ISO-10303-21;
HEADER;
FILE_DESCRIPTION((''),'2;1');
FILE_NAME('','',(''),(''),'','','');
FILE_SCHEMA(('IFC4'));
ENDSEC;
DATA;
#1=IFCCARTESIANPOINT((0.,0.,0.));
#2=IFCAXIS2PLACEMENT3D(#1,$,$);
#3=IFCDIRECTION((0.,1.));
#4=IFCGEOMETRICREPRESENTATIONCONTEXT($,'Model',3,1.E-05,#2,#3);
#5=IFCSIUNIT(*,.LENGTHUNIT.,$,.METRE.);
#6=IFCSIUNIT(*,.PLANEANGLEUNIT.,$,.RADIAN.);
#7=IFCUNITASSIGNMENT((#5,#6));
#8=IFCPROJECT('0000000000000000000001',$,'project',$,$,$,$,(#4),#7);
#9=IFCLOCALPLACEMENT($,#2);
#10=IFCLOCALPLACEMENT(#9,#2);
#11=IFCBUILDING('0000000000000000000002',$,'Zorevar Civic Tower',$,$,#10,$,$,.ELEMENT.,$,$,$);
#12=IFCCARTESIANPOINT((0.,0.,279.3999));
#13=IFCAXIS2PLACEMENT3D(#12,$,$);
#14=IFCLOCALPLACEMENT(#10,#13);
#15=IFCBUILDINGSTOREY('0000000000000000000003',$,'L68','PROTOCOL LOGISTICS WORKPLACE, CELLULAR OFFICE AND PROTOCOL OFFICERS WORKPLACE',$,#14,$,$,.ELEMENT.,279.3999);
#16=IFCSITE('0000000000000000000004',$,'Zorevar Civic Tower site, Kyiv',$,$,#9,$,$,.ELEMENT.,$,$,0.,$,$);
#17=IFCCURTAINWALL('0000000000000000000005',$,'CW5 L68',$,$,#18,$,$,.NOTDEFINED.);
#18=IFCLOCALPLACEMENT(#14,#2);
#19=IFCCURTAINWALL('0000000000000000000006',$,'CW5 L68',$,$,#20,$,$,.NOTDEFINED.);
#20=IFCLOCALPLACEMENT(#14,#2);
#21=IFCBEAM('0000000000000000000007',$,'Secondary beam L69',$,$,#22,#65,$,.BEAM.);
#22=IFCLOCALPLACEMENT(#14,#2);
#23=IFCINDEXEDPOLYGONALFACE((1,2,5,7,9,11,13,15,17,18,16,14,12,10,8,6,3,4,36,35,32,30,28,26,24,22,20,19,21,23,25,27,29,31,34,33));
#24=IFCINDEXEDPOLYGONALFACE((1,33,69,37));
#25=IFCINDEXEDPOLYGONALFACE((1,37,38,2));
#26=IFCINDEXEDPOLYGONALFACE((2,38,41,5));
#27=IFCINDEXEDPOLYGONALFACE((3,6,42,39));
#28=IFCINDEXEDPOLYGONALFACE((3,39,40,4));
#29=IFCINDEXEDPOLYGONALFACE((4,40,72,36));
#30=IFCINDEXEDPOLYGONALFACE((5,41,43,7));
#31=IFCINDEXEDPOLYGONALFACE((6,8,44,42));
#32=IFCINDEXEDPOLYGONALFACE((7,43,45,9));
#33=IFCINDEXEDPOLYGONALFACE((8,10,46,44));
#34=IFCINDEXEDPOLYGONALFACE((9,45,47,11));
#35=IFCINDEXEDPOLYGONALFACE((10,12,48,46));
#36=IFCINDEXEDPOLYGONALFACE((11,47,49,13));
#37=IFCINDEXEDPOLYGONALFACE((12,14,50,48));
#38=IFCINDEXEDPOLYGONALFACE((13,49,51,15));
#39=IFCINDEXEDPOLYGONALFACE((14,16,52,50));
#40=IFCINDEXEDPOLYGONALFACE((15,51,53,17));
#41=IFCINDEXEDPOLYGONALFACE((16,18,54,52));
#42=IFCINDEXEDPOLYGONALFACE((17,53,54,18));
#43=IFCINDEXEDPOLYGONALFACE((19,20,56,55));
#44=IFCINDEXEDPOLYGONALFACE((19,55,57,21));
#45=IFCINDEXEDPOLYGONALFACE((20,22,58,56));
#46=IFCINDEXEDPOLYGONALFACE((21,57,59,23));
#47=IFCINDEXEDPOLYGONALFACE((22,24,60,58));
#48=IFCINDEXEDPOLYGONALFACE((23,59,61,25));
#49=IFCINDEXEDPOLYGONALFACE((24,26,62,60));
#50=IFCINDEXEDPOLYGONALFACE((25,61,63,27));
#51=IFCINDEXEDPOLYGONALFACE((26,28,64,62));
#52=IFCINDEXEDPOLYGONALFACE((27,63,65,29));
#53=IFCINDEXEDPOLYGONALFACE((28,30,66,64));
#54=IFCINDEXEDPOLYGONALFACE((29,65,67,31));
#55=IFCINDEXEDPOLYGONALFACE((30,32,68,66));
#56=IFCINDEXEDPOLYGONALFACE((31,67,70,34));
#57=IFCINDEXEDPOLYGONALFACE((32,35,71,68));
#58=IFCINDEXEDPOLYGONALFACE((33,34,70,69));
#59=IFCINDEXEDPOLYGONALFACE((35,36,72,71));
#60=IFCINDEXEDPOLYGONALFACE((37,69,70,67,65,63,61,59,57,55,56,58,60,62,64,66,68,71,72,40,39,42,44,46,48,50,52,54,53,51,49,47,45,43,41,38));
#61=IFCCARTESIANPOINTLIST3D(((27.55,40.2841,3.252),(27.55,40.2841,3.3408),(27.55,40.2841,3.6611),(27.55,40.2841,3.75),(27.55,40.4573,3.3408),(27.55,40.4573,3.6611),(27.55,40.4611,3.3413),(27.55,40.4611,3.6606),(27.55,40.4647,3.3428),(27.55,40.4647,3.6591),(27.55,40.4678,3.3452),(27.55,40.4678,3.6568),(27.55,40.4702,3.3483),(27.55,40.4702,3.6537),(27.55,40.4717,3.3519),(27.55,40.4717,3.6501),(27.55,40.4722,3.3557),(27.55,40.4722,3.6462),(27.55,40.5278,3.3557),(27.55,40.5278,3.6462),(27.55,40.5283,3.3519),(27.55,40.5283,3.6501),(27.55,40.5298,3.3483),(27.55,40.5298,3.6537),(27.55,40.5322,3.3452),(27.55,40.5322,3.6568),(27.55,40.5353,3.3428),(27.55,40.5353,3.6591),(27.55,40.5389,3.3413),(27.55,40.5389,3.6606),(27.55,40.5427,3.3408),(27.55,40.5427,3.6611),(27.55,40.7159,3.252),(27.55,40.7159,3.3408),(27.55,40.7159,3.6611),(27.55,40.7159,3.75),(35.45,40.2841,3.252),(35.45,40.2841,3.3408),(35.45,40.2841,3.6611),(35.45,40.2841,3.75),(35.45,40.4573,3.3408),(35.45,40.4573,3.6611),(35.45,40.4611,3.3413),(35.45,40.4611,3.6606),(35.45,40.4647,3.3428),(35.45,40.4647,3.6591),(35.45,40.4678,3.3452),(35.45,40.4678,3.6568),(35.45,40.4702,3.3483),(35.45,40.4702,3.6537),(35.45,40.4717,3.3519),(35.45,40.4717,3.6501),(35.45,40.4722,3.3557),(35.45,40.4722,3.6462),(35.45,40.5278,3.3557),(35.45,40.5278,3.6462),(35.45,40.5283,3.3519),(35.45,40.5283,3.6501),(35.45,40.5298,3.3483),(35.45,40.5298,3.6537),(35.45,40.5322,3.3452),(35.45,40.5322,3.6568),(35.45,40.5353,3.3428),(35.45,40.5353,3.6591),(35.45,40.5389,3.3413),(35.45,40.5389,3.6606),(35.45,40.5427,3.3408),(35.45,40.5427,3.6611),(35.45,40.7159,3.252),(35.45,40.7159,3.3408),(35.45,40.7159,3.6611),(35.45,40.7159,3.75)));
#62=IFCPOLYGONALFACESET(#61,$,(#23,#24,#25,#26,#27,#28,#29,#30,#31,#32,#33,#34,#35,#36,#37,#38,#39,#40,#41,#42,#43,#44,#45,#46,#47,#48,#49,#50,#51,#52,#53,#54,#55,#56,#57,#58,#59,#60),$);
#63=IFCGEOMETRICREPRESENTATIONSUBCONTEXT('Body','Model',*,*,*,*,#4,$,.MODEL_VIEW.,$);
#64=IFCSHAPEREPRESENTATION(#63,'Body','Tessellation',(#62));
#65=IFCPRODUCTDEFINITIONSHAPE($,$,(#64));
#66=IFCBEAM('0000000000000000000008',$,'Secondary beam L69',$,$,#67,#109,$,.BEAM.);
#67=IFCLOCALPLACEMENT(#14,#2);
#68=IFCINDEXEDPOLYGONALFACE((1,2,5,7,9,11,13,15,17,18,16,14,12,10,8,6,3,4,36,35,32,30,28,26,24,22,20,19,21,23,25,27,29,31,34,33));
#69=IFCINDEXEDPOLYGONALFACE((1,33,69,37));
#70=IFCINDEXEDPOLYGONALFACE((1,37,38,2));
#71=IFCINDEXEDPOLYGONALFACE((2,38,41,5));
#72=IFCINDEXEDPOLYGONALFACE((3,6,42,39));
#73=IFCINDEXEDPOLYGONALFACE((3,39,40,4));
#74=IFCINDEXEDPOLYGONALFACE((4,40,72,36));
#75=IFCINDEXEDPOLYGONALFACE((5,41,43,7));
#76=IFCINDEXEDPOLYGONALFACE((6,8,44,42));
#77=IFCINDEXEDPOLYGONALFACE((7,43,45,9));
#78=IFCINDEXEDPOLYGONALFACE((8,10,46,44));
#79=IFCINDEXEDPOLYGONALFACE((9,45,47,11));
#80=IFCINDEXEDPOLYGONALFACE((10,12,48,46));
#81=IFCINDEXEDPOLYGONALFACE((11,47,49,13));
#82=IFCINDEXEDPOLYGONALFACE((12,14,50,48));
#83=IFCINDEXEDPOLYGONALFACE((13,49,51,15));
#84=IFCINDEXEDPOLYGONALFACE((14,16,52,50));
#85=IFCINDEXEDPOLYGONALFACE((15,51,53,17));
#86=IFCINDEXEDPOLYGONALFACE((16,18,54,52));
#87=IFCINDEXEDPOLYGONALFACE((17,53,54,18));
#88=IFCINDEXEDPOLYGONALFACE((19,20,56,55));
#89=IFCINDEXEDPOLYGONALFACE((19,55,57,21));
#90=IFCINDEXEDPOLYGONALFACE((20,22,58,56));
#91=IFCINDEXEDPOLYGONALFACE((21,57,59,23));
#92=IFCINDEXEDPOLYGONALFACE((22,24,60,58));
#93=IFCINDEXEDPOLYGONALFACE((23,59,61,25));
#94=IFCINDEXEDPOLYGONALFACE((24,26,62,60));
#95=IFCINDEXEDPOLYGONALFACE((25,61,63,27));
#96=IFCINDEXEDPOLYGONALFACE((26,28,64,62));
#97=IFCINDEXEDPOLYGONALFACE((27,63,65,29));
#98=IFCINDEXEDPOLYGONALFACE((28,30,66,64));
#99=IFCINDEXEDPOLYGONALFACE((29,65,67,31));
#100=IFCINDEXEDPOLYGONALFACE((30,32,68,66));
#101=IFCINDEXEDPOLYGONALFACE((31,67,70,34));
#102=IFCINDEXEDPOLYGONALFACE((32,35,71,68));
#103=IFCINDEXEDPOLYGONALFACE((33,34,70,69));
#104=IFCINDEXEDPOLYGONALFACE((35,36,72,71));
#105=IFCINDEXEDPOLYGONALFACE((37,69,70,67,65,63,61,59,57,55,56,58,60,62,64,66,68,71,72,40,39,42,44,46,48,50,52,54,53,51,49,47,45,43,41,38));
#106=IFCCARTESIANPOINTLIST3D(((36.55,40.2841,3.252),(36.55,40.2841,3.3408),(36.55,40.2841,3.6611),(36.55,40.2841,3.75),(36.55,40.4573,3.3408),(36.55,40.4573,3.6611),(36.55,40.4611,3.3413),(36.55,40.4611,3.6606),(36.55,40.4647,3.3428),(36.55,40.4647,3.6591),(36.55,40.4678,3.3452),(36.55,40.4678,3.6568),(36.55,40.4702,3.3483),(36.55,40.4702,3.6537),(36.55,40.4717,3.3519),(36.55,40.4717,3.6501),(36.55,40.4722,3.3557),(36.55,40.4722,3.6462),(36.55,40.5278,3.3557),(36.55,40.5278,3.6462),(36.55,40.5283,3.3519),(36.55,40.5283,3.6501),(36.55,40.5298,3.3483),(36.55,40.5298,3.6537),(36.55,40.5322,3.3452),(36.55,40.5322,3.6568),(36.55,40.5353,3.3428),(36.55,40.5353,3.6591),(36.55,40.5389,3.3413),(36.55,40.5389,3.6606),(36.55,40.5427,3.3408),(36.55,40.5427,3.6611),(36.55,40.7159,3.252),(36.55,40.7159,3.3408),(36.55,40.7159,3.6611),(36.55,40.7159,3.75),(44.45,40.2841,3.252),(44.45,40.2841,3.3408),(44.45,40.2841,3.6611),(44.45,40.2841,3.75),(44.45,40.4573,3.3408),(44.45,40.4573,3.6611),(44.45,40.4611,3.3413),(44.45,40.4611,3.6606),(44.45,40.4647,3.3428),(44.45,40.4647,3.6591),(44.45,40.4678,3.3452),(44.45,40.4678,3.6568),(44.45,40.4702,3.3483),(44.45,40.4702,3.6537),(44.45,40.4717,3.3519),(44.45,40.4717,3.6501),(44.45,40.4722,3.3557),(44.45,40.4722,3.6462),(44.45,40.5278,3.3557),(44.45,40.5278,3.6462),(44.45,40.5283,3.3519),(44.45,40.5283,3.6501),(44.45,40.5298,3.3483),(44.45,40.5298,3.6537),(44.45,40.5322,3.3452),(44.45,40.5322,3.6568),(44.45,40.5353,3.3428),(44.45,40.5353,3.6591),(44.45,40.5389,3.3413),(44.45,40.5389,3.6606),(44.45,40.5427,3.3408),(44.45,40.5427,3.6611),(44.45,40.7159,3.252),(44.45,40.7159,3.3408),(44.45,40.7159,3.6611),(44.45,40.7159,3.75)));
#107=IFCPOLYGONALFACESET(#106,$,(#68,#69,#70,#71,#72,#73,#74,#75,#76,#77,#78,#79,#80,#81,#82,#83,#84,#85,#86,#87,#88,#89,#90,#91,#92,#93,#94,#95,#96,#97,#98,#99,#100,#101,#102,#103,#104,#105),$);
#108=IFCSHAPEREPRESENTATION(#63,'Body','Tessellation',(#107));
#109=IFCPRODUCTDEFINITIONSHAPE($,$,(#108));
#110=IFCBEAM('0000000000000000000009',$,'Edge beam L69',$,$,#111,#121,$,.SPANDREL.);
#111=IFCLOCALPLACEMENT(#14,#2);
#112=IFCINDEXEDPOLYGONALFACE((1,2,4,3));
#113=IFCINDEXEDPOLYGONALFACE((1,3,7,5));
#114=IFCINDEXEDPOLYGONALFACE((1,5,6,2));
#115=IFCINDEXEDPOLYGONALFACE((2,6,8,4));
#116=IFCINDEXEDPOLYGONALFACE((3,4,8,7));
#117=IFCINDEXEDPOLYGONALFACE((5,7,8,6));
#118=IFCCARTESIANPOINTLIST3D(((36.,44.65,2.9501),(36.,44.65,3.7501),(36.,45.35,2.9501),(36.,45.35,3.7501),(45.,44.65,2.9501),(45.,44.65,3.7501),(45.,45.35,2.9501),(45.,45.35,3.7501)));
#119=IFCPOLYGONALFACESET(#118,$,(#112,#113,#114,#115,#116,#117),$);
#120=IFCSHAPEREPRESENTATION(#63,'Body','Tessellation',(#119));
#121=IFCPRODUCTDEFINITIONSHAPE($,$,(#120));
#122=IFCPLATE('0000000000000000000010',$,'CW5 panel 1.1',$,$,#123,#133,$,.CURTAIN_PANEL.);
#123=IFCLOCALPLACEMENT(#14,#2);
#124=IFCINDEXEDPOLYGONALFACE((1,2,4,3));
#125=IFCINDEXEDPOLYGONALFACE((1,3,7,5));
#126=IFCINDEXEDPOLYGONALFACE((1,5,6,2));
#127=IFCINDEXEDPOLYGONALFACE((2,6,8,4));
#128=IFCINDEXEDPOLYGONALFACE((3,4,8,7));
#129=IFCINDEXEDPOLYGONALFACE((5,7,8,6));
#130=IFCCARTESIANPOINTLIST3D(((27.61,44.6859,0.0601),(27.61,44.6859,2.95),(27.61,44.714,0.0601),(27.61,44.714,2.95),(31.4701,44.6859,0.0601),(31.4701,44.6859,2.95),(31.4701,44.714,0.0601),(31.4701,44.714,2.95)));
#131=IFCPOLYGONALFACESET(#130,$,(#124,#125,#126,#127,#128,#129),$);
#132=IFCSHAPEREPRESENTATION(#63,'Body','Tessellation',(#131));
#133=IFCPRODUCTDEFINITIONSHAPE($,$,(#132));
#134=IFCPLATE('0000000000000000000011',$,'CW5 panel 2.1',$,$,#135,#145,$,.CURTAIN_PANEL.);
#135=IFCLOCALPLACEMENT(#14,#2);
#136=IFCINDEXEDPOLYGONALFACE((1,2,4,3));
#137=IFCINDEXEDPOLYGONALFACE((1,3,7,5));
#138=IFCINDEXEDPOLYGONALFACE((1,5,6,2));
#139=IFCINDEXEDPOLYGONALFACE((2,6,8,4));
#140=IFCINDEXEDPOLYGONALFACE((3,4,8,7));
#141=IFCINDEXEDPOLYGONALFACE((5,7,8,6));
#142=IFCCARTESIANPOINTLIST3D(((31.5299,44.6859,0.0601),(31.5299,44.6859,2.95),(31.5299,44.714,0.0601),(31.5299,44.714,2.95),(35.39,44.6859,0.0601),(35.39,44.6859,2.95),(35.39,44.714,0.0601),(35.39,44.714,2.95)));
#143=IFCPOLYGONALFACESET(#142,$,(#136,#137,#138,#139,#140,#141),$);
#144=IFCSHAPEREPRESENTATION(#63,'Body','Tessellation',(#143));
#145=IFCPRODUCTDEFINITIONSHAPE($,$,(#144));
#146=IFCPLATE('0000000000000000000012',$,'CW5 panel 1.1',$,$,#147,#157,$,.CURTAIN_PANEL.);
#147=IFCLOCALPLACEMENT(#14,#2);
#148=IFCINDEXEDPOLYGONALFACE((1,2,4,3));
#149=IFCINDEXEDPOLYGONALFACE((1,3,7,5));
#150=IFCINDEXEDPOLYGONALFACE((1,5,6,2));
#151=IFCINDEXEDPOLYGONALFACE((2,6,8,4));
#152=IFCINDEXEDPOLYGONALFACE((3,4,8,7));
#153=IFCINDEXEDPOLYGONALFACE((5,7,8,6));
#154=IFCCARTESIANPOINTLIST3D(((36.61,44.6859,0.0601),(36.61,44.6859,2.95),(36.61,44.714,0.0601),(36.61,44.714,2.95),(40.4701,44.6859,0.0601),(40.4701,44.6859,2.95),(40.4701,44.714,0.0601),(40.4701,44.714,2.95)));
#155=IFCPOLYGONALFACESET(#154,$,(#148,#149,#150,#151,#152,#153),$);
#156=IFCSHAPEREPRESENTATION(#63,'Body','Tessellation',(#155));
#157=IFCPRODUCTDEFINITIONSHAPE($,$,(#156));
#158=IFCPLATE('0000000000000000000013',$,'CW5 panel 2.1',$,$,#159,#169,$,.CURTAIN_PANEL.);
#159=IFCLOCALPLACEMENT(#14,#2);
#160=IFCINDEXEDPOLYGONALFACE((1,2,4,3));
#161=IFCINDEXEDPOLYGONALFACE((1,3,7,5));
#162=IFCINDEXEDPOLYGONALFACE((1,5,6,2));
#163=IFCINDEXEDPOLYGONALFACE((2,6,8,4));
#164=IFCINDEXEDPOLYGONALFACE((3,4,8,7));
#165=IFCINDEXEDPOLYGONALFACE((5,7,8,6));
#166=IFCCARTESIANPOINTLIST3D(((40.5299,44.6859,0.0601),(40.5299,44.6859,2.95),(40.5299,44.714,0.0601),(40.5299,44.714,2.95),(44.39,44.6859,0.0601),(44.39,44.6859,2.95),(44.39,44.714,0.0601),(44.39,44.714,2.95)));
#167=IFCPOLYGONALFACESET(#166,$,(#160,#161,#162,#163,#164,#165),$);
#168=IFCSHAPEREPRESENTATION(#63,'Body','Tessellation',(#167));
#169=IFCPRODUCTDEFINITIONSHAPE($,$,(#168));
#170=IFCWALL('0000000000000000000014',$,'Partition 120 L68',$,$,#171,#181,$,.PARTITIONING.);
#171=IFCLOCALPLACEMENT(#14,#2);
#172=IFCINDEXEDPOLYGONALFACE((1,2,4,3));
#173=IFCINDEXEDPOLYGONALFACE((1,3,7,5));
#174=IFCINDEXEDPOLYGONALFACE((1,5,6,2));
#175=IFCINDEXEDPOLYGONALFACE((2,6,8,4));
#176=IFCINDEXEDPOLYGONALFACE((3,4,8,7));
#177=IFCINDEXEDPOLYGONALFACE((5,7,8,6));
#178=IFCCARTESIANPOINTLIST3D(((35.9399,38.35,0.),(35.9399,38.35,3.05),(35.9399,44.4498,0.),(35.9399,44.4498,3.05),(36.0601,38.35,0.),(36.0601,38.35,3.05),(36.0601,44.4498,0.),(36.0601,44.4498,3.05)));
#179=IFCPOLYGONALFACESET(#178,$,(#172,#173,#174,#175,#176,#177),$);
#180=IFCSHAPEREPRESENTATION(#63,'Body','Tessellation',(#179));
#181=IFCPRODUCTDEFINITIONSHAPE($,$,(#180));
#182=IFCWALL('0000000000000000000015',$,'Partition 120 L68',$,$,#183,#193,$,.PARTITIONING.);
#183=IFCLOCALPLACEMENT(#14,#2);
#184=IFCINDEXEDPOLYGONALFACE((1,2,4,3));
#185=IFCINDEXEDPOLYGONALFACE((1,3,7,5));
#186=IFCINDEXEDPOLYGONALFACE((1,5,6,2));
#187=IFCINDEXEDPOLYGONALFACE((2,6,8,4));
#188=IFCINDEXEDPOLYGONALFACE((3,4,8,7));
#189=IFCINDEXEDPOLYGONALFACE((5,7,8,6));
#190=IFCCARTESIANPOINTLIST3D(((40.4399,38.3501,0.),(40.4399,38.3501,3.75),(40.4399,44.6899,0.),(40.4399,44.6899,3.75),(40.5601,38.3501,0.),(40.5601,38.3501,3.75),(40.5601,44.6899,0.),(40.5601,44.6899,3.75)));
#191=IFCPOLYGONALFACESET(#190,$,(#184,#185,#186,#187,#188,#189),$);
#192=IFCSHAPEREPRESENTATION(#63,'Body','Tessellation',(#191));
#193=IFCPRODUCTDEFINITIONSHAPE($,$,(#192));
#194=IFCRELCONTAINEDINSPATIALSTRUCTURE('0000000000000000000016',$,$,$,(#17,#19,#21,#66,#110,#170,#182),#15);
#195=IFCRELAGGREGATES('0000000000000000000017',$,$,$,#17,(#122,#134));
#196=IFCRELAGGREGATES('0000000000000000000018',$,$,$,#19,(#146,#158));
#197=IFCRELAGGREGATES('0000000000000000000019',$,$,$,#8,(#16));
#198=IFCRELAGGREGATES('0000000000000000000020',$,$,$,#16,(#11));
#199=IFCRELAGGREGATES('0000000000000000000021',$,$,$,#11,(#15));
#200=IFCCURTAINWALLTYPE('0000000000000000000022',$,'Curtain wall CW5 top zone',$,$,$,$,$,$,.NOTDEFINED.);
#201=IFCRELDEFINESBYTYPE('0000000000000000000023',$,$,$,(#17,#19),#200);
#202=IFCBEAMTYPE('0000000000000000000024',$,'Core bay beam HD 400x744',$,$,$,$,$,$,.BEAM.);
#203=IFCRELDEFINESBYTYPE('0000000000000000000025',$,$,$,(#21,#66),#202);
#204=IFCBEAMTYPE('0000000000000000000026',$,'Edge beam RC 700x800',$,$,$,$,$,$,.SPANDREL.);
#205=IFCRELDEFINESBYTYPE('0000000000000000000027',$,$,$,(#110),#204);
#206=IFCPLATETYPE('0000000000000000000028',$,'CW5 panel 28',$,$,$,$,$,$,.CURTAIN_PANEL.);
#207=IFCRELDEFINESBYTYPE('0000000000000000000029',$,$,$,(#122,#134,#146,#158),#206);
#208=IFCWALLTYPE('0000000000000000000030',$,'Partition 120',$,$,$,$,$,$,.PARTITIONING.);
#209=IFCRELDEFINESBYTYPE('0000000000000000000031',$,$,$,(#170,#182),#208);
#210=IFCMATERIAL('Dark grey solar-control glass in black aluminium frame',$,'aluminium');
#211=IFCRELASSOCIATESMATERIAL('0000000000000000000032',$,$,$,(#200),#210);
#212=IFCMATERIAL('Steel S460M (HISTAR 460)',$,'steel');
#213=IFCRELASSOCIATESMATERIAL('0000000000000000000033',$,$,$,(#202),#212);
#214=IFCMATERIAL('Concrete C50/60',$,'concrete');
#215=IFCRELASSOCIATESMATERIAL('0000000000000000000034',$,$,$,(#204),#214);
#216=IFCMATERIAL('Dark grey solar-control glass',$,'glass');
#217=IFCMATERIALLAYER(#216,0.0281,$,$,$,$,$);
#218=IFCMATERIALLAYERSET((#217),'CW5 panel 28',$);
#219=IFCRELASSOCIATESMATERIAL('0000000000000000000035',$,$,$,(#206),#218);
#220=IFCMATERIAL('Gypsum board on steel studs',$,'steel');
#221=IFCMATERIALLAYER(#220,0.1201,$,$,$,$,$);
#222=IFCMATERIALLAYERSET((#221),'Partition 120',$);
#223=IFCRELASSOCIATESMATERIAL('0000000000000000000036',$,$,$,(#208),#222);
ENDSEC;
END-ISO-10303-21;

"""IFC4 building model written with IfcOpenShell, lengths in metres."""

from ifc_helpers import new_model, si_unit, direction, frame, frame_2d, origin, origin_2d, place, context, subcontext, project, spatial, rectangle, i_section, extrude, material, layer, layer_set, material_profile, profile_set, type_object, element, aggregate, save


model = new_model("IFC4")

# Units and contexts
model_context = context("Model", 3, precision=1e-05, world=origin(), true_north=direction((0.0, 1.0)))
body_context = subcontext(model_context, "Body", "Model", "MODEL_VIEW")
ifc_project = project(units=[si_unit("LENGTHUNIT", "METRE"), si_unit("PLANEANGLEUNIT", "RADIAN")], contexts=[model_context])

# Site, building, storey
site_placement = place(None, origin())
site = spatial("IfcSite", under=ifc_project, at=site_placement, Name="Zorevar Civic Tower site, Kyiv", CompositionType="ELEMENT", RefElevation=0.0)
building_placement = place(site_placement, origin())
building = spatial("IfcBuilding", under=site, at=building_placement, Name="Zorevar Civic Tower", CompositionType="ELEMENT")
storey_placement = place(building_placement, frame((0.0, 0.0, 279.3999)))
storey = spatial("IfcBuildingStorey", under=building, at=storey_placement, Name="L68", Description="PROTOCOL LOGISTICS WORKPLACE, CELLULAR OFFICE AND PROTOCOL OFFICERS WORKPLACE", CompositionType="ELEMENT", Elevation=279.3999)

# Curtain walls
ifc_material_1 = material(Name="Dark grey solar-control glass in black aluminium frame", Category="aluminium")
curtain_wall_type = type_object("IfcCurtainWallType", Name="Curtain wall CW5 top zone", PredefinedType="NOTDEFINED", material=ifc_material_1)
curtain_wall_1_placement = place(storey_placement, origin())
curtain_wall_1 = element("IfcCurtainWall", 1, at=curtain_wall_1_placement, inside=storey, type_object=curtain_wall_type, Name="CW5 L68", PredefinedType="NOTDEFINED")
curtain_wall_2_placement = place(storey_placement, origin())
curtain_wall_2 = element("IfcCurtainWall", 2, at=curtain_wall_2_placement, inside=storey, type_object=curtain_wall_type, Name="CW5 L68", PredefinedType="NOTDEFINED")

# Beams
ifc_material_2 = material(Name="Steel S460M (HISTAR 460)", Category="steel")
ifc_material_profile_1 = material_profile(ifc_material_2, i_section(OverallWidth=0.4319, OverallDepth=0.498, WebThickness=0.0557, FlangeThickness=0.0889, FilletRadius=0.0149, at=origin_2d()), Name="HD 400x744")
ifc_profile_set_1 = profile_set([ifc_material_profile_1], Name="Steel S460M (HISTAR 460)")
beam_type_1 = type_object("IfcBeamType", Name="Core bay beam HD 400x744", PredefinedType="BEAM", material=ifc_profile_set_1)
for number, where, z_axis, x_axis, name in (
    (3, (27.55, 40.5, 3.501), (1.0, 0.0, 0.0), (0.0, 1.0, 0.0), "Secondary beam L69"),
    (4, (36.55, 40.5, 3.501), (1.0, 0.0, 0.0), (0.0, 1.0, 0.0), "Secondary beam L69"),
):
    element("IfcBeam", number, at=place(storey_placement, frame(where, z_axis=z_axis, x_axis=x_axis)), inside=storey, type_object=beam_type_1, Name=name, PredefinedType="BEAM", context=body_context, shape_type="SweptSolid", body=[
        extrude(i_section(OverallWidth=0.4319, OverallDepth=0.498, WebThickness=0.0557, FlangeThickness=0.0889, FilletRadius=0.0149, at=origin_2d()), origin(), (0.0, 0.0, 1.0), 7.8999),
    ])
ifc_material_3 = material(Name="Concrete C50/60", Category="concrete")
ifc_material_profile_2 = material_profile(ifc_material_3, rectangle(XDim=0.7, YDim=0.8, at=origin_2d()), Name="RC 700x800")
ifc_profile_set_2 = profile_set([ifc_material_profile_2], Name="Concrete C50/60")
beam_type_2 = type_object("IfcBeamType", Name="Edge beam RC 700x800", PredefinedType="SPANDREL", material=ifc_profile_set_2)
beam_placement = place(storey_placement, frame((36.0, 45.0, 3.3501), z_axis=(1.0, 0.0, 0.0), x_axis=(0.0, 1.0, 0.0)))
element("IfcBeam", 5, at=beam_placement, inside=storey, type_object=beam_type_2, Name="Edge beam L69", PredefinedType="SPANDREL", context=body_context, shape_type="SweptSolid", body=[
    extrude(rectangle(XDim=0.7, YDim=0.8, at=origin_2d()), origin(), (0.0, 0.0, 1.0), 9.0),
])

# Plates
ifc_material_4 = material(Name="Dark grey solar-control glass", Category="glass")
ifc_layer_1 = layer(ifc_material_4, 0.0281)
ifc_layer_set_1 = layer_set([ifc_layer_1], Name="CW5 panel 28")
plate_type = type_object("IfcPlateType", Name="CW5 panel 28", PredefinedType="CURTAIN_PANEL", material=ifc_layer_set_1)
plate_1_placement = place(storey_placement, frame((29.54, 44.7, 0.0601), z_axis=(0.0, 0.0, 1.0), x_axis=(1.0, 0.0, 0.0)))
plate_1 = element("IfcPlate", 6, at=plate_1_placement, type_object=plate_type, Name="CW5 panel 1.1", PredefinedType="CURTAIN_PANEL", context=body_context, shape_type="SweptSolid", body=[
    extrude(rectangle(XDim=3.8601, YDim=0.0281, at=origin_2d()), origin(), (0.0, 0.0, 1.0), 2.8899),
])
plate_2_placement = place(storey_placement, frame((33.46, 44.7, 0.0601), z_axis=(0.0, 0.0, 1.0), x_axis=(1.0, 0.0, 0.0)))
plate_2 = element("IfcPlate", 7, at=plate_2_placement, type_object=plate_type, Name="CW5 panel 2.1", PredefinedType="CURTAIN_PANEL", context=body_context, shape_type="SweptSolid", body=[
    extrude(rectangle(XDim=3.8601, YDim=0.0281, at=origin_2d()), origin(), (0.0, 0.0, 1.0), 2.8899),
])
aggregate(curtain_wall_1, [plate_1, plate_2])
plate_3_placement = place(storey_placement, frame((38.54, 44.7, 0.0601), z_axis=(0.0, 0.0, 1.0), x_axis=(1.0, 0.0, 0.0)))
plate_3 = element("IfcPlate", 8, at=plate_3_placement, type_object=plate_type, Name="CW5 panel 1.1", PredefinedType="CURTAIN_PANEL", context=body_context, shape_type="SweptSolid", body=[
    extrude(rectangle(XDim=3.8601, YDim=0.0281, at=origin_2d()), origin(), (0.0, 0.0, 1.0), 2.8899),
])
plate_4_placement = place(storey_placement, frame((42.46, 44.7, 0.0601), z_axis=(0.0, 0.0, 1.0), x_axis=(1.0, 0.0, 0.0)))
plate_4 = element("IfcPlate", 9, at=plate_4_placement, type_object=plate_type, Name="CW5 panel 2.1", PredefinedType="CURTAIN_PANEL", context=body_context, shape_type="SweptSolid", body=[
    extrude(rectangle(XDim=3.8601, YDim=0.0281, at=origin_2d()), origin(), (0.0, 0.0, 1.0), 2.8899),
])
aggregate(curtain_wall_2, [plate_3, plate_4])

# Walls
ifc_material_5 = material(Name="Gypsum board on steel studs", Category="steel")
ifc_layer_2 = layer(ifc_material_5, 0.1201)
ifc_layer_set_2 = layer_set([ifc_layer_2], Name="Partition 120")
wall_type = type_object("IfcWallType", Name="Partition 120", PredefinedType="PARTITIONING", material=ifc_layer_set_2)
wall_1_placement = place(storey_placement, frame((36.0, 38.3501, 0.0), z_axis=(0.0, 0.0, 1.0), x_axis=(0.0, 1.0, 0.0)))
element("IfcWall", 10, at=wall_1_placement, inside=storey, type_object=wall_type, Name="Partition 120 L68", PredefinedType="PARTITIONING", context=body_context, shape_type="SweptSolid", body=[
    extrude(rectangle(XDim=6.0999, YDim=0.1201, at=frame_2d((3.0498, 0.0))), origin(), (0.0, 0.0, 1.0), 3.05),
])
wall_2_placement = place(storey_placement, frame((40.5, 38.3501, 0.0), z_axis=(0.0, 0.0, 1.0), x_axis=(0.0, 1.0, 0.0)))
element("IfcWall", 11, at=wall_2_placement, inside=storey, type_object=wall_type, Name="Partition 120 L68", PredefinedType="PARTITIONING", context=body_context, shape_type="SweptSolid", body=[
    extrude(rectangle(XDim=6.3398, YDim=0.1201, at=frame_2d((3.1699, 0.0))), origin(), (0.0, 0.0, 1.0), 3.75),
])

save(model, "model.ifc")
